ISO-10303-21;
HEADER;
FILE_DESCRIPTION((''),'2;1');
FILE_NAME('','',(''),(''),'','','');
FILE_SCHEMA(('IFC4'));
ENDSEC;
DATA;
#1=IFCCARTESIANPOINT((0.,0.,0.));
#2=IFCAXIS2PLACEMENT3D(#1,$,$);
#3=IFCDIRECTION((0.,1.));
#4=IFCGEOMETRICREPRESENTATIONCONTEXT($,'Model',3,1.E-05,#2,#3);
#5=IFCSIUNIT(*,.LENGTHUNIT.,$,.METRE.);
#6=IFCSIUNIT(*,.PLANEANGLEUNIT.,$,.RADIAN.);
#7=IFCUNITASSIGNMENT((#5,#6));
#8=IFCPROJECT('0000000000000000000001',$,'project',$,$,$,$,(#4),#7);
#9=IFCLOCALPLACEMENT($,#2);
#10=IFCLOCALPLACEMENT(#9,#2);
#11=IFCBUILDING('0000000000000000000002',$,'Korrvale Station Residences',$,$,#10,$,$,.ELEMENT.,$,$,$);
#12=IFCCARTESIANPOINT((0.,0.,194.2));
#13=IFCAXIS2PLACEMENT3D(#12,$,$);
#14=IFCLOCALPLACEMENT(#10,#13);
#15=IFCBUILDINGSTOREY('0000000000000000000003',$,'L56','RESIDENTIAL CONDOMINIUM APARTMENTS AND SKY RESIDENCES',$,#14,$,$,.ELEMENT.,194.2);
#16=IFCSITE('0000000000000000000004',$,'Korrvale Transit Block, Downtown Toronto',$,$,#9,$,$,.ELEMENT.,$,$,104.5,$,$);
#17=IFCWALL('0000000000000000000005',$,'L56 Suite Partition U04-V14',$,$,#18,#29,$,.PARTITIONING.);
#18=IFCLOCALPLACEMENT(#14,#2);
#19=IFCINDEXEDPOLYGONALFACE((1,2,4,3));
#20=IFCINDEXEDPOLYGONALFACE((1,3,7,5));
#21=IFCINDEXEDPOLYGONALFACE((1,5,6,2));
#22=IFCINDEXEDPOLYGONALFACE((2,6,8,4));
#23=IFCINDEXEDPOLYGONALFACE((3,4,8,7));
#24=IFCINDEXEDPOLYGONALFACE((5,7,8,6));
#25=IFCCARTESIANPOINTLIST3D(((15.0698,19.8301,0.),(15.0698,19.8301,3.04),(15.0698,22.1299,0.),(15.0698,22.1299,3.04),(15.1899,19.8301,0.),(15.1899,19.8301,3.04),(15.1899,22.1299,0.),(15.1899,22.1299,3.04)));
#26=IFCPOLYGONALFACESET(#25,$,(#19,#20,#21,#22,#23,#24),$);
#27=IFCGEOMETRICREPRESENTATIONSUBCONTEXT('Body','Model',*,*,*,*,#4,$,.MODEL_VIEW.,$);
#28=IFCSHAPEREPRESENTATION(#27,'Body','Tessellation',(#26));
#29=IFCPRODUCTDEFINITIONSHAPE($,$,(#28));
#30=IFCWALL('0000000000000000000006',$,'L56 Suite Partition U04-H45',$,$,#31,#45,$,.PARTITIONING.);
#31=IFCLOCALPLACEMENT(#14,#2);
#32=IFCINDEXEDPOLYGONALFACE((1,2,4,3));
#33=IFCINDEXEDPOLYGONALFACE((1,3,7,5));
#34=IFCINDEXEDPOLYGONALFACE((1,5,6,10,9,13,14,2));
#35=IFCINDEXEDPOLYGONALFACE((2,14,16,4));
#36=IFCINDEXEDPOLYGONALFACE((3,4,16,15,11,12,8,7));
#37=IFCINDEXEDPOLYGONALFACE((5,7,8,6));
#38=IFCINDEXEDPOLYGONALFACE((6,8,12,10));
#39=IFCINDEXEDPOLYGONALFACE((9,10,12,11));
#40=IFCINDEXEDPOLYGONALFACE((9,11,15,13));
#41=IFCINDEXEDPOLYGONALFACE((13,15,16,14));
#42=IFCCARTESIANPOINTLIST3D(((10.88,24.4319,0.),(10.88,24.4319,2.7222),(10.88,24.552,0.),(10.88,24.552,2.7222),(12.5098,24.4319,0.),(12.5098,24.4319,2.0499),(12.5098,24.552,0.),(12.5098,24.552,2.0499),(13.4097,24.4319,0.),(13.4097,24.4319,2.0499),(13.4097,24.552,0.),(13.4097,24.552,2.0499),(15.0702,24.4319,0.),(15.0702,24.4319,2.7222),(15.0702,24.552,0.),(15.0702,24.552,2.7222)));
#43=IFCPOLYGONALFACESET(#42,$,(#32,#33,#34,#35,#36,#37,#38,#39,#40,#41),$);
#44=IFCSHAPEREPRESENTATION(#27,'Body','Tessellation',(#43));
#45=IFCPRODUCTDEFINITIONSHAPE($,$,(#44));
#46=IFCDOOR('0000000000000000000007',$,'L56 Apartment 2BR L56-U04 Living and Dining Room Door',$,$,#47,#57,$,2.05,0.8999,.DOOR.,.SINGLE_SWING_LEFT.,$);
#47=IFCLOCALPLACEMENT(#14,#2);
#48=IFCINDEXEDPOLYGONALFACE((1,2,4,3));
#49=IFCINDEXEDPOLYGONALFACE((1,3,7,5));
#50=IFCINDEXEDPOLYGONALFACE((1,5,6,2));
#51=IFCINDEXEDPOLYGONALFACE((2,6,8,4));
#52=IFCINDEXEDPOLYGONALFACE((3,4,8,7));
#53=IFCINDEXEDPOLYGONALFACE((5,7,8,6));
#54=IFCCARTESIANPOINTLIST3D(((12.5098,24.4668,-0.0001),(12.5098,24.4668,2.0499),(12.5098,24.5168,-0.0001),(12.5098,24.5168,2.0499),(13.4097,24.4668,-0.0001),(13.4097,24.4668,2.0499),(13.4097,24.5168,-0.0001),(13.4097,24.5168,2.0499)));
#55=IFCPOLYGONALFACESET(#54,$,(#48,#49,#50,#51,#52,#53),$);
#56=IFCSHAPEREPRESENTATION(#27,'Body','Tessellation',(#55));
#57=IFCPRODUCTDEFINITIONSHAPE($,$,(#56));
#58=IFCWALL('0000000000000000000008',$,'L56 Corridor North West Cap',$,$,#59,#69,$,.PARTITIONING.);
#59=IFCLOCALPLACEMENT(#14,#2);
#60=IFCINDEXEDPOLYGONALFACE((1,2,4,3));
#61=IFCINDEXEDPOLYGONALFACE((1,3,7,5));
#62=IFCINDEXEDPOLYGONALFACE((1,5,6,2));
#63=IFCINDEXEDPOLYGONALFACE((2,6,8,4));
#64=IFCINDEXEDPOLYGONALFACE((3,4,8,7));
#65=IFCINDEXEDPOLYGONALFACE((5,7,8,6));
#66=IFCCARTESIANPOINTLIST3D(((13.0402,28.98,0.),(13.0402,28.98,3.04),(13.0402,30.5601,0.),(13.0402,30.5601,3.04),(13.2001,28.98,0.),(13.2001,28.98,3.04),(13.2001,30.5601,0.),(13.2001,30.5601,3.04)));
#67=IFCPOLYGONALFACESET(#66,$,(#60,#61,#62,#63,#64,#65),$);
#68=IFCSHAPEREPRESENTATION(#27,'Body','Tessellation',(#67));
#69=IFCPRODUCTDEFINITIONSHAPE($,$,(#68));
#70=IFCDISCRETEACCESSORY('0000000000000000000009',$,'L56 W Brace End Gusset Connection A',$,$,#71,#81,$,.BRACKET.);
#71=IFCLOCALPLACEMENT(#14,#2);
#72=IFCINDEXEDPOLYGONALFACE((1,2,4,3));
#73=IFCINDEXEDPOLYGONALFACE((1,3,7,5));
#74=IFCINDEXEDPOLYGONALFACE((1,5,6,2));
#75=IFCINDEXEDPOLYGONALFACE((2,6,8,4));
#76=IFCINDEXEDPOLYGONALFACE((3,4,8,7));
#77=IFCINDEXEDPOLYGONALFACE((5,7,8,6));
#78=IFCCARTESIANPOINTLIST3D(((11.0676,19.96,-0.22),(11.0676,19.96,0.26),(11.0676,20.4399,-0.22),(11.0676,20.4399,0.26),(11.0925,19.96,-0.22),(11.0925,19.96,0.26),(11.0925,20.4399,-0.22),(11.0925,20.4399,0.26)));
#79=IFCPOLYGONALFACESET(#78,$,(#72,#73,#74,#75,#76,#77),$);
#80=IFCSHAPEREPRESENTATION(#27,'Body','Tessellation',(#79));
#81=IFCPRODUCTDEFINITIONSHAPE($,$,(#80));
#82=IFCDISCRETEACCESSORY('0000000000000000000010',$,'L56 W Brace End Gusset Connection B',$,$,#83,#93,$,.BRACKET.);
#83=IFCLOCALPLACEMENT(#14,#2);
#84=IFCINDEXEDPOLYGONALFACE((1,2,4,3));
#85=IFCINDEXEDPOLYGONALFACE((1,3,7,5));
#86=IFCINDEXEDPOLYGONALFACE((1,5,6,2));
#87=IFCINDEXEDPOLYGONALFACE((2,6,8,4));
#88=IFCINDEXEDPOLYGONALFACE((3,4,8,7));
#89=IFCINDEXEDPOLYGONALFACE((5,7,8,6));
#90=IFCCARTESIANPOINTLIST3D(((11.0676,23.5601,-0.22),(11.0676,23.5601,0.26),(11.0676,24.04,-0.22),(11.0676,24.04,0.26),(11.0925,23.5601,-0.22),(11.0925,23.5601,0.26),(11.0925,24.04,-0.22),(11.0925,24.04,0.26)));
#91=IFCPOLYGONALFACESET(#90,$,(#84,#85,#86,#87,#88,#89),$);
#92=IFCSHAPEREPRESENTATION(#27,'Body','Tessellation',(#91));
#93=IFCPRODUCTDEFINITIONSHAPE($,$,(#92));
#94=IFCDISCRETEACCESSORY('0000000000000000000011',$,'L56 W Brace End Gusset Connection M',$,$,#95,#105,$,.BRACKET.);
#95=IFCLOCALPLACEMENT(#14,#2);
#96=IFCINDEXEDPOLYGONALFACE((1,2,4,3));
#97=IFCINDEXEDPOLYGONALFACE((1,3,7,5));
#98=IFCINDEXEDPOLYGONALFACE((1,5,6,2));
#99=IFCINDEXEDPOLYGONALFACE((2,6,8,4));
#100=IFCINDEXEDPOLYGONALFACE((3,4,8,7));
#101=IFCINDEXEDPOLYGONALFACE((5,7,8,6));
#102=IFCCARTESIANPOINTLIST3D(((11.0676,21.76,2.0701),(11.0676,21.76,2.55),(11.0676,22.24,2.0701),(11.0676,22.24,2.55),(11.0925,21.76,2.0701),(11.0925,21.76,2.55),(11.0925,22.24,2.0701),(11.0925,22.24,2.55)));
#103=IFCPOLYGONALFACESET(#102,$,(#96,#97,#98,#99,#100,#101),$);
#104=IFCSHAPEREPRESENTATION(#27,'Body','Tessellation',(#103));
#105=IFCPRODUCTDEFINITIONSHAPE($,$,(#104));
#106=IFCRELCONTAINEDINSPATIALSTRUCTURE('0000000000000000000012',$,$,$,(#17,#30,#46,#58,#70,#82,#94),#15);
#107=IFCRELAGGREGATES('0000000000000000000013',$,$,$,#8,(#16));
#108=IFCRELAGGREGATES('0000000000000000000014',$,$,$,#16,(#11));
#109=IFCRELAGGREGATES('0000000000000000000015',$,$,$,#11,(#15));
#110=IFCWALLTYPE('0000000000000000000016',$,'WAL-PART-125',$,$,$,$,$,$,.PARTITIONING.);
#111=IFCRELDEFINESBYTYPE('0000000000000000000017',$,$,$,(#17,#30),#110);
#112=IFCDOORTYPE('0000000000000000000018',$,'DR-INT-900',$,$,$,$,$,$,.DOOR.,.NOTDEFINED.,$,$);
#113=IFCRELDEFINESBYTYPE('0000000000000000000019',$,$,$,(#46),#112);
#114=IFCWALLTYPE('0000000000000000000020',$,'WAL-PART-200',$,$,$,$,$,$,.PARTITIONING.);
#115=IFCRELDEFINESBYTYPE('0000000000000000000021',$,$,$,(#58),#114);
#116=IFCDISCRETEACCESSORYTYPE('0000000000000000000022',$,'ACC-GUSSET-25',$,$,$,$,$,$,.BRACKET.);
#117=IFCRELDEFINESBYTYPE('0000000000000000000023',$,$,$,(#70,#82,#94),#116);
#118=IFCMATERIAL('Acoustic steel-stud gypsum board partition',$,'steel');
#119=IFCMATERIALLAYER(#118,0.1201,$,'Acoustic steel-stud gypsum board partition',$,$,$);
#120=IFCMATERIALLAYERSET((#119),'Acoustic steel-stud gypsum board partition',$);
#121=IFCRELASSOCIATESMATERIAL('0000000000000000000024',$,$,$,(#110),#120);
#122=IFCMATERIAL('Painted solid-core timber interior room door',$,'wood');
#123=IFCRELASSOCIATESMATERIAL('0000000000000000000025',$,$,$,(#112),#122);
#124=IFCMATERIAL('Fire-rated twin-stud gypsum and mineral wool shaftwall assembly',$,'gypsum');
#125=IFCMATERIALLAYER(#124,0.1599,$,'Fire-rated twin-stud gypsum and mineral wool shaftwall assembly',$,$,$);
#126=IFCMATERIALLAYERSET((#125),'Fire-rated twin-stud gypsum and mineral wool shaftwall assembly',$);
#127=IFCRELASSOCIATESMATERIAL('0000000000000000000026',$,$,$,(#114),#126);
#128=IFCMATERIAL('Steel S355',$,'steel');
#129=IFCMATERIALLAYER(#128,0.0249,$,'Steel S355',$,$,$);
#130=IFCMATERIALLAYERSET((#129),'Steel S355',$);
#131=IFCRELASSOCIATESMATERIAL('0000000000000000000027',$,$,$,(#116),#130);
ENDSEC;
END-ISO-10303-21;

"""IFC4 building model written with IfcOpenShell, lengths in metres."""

from ifc_helpers import new_model, si_unit, direction, frame, frame_2d, origin, origin_2d, place, context, subcontext, project, spatial, rectangle, extrude, material, layer, layer_set, type_object, element, fill, save


model = new_model("IFC4")

# Units and contexts
model_context = context("Model", 3, precision=1e-05, world=origin(), true_north=direction((0.0, 1.0)))
body_context = subcontext(model_context, "Body", "Model", "MODEL_VIEW")
ifc_project = project(units=[si_unit("LENGTHUNIT", "METRE"), si_unit("PLANEANGLEUNIT", "RADIAN")], contexts=[model_context])

# Site, building, storey
site_placement = place(None, origin())
site = spatial("IfcSite", under=ifc_project, at=site_placement, Name="Korrvale Transit Block, Downtown Toronto", CompositionType="ELEMENT", RefElevation=104.5)
building_placement = place(site_placement, origin())
building = spatial("IfcBuilding", under=site, at=building_placement, Name="Korrvale Station Residences", CompositionType="ELEMENT")
storey_placement = place(building_placement, frame((0.0, 0.0, 194.2)))
storey = spatial("IfcBuildingStorey", under=building, at=storey_placement, Name="L56", Description="RESIDENTIAL CONDOMINIUM APARTMENTS AND SKY RESIDENCES", CompositionType="ELEMENT", Elevation=194.2)

# Shared definitions
ifc_material_1 = material(Name="Steel S355", Category="steel")

# Shared definitions
ifc_material_2 = material(Name="Acoustic steel-stud gypsum board partition", Category="steel")
ifc_layer_1 = layer(ifc_material_2, 0.1201, Name="Acoustic steel-stud gypsum board partition")
ifc_layer_set_1 = layer_set([ifc_layer_1], Name="Acoustic steel-stud gypsum board partition")
wall_type_1 = type_object("IfcWallType", Name="WAL-PART-125", PredefinedType="PARTITIONING", material=ifc_layer_set_1)

# Shared definitions
ifc_material_3 = material(Name="Painted solid-core timber interior room door", Category="wood")
door_type = type_object("IfcDoorType", Name="DR-INT-900", OperationType="NOTDEFINED", PredefinedType="DOOR", material=ifc_material_3)

# Wall
wall_1_placement = place(storey_placement, frame((15.1299, 19.8301, 0.0), z_axis=(0.0, 0.0, 1.0), x_axis=(0.0, 1.0, 0.0)))
element("IfcWall", 1, at=wall_1_placement, inside=storey, type_object=wall_type_1, Name="L56 Suite Partition U04-V14", PredefinedType="PARTITIONING", context=body_context, shape_type="SweptSolid", body=[
    extrude(rectangle(XDim=2.2998, YDim=0.1201, at=frame_2d((1.1499, 0.0))), origin(), (0.0, 0.0, 1.0), 3.04),
])

# Wall, opening, door
wall_2_placement = place(storey_placement, frame((10.8799, 24.4919, 0.0), z_axis=(0.0, 0.0, 1.0), x_axis=(1.0, 0.0, 0.0)))
wall_2 = element("IfcWall", 2, at=wall_2_placement, inside=storey, type_object=wall_type_1, Name="L56 Suite Partition U04-H45", PredefinedType="PARTITIONING", context=body_context, shape_type="SweptSolid", body=[
    extrude(rectangle(XDim=4.1902, YDim=0.1201, at=frame_2d((2.0952, 0.0))), origin(), (0.0, 0.0, 1.0), 2.7222),
])
opening_1_placement = place(wall_2_placement, frame((1.6299, 0.0, 0.0)))
opening_1 = element("IfcOpeningElement", 3, at=opening_1_placement, cuts=wall_2, PredefinedType="OPENING", context=body_context, shape_type="SweptSolid", body=[
    extrude(rectangle(XDim=0.8999, YDim=2.05, at=frame_2d((0.45, 1.0249))), frame((0.0, 0.0701, 0.0), z_axis=(0.0, -1.0, 0.0), x_axis=(1.0, 0.0, 0.0)), (0.0, 0.0, 1.0), 0.1401),
])
door_1_placement = place(opening_1_placement, origin())
door_1 = element("IfcDoor", 4, at=door_1_placement, inside=storey, type_object=door_type, Name="L56 Apartment 2BR L56-U04 Living and Dining Room Door", OperationType="SINGLE_SWING_LEFT", OverallHeight=2.05, OverallWidth=0.8999, PredefinedType="DOOR", context=body_context, shape_type="SweptSolid", body=[
    extrude(rectangle(XDim=0.8999, YDim=2.05, at=frame_2d((0.45, 1.0249))), frame((0.0, 0.0249, 0.0), z_axis=(0.0, -1.0, 0.0), x_axis=(1.0, 0.0, 0.0)), (0.0, 0.0, 1.0), 0.05),
])
fill(opening_1, door_1)

# Wall
ifc_material_4 = material(Name="Fire-rated twin-stud gypsum and mineral wool shaftwall assembly", Category="gypsum")
ifc_layer_2 = layer(ifc_material_4, 0.1599, Name="Fire-rated twin-stud gypsum and mineral wool shaftwall assembly")
ifc_layer_set_2 = layer_set([ifc_layer_2], Name="Fire-rated twin-stud gypsum and mineral wool shaftwall assembly")
wall_type_2 = type_object("IfcWallType", Name="WAL-PART-200", PredefinedType="PARTITIONING", material=ifc_layer_set_2)
wall_3_placement = place(storey_placement, frame((13.1201, 28.98, 0.0), z_axis=(0.0, 0.0, 1.0), x_axis=(0.0, 1.0, 0.0)))
element("IfcWall", 5, at=wall_3_placement, inside=storey, type_object=wall_type_2, Name="L56 Corridor North West Cap", PredefinedType="PARTITIONING", context=body_context, shape_type="SweptSolid", body=[
    extrude(rectangle(XDim=1.5801, YDim=0.1599, at=frame_2d((0.79, 0.0))), origin(), (0.0, 0.0, 1.0), 3.04),
])

# Discrete accessories
ifc_layer_3 = layer(ifc_material_1, 0.0249, Name="Steel S355")
ifc_layer_set_3 = layer_set([ifc_layer_3], Name="Steel S355")
discrete_accessory_type = type_object("IfcDiscreteAccessoryType", Name="ACC-GUSSET-25", PredefinedType="BRACKET", material=ifc_layer_set_3)
for number, where, z_axis, x_axis, name in (
    (6, (11.0801, 20.2, -0.22), (0.0, 0.0, 1.0), (0.0, 1.0, 0.0), "L56 W Brace End Gusset Connection A"),
    (7, (11.0801, 23.8, -0.22), (0.0, 0.0, 1.0), (0.0, 1.0, 0.0), "L56 W Brace End Gusset Connection B"),
    (8, (11.0801, 22.0, 2.0701), (0.0, 0.0, 1.0), (0.0, 1.0, 0.0), "L56 W Brace End Gusset Connection M"),
):
    element("IfcDiscreteAccessory", number, at=place(storey_placement, frame(where, z_axis=z_axis, x_axis=x_axis)), inside=storey, type_object=discrete_accessory_type, Name=name, PredefinedType="BRACKET", context=body_context, shape_type="SweptSolid", body=[
        extrude(rectangle(XDim=0.48, YDim=0.0249, at=origin_2d()), origin(), (0.0, 0.0, 1.0), 0.48),
    ])

save(model, "model.ifc")
